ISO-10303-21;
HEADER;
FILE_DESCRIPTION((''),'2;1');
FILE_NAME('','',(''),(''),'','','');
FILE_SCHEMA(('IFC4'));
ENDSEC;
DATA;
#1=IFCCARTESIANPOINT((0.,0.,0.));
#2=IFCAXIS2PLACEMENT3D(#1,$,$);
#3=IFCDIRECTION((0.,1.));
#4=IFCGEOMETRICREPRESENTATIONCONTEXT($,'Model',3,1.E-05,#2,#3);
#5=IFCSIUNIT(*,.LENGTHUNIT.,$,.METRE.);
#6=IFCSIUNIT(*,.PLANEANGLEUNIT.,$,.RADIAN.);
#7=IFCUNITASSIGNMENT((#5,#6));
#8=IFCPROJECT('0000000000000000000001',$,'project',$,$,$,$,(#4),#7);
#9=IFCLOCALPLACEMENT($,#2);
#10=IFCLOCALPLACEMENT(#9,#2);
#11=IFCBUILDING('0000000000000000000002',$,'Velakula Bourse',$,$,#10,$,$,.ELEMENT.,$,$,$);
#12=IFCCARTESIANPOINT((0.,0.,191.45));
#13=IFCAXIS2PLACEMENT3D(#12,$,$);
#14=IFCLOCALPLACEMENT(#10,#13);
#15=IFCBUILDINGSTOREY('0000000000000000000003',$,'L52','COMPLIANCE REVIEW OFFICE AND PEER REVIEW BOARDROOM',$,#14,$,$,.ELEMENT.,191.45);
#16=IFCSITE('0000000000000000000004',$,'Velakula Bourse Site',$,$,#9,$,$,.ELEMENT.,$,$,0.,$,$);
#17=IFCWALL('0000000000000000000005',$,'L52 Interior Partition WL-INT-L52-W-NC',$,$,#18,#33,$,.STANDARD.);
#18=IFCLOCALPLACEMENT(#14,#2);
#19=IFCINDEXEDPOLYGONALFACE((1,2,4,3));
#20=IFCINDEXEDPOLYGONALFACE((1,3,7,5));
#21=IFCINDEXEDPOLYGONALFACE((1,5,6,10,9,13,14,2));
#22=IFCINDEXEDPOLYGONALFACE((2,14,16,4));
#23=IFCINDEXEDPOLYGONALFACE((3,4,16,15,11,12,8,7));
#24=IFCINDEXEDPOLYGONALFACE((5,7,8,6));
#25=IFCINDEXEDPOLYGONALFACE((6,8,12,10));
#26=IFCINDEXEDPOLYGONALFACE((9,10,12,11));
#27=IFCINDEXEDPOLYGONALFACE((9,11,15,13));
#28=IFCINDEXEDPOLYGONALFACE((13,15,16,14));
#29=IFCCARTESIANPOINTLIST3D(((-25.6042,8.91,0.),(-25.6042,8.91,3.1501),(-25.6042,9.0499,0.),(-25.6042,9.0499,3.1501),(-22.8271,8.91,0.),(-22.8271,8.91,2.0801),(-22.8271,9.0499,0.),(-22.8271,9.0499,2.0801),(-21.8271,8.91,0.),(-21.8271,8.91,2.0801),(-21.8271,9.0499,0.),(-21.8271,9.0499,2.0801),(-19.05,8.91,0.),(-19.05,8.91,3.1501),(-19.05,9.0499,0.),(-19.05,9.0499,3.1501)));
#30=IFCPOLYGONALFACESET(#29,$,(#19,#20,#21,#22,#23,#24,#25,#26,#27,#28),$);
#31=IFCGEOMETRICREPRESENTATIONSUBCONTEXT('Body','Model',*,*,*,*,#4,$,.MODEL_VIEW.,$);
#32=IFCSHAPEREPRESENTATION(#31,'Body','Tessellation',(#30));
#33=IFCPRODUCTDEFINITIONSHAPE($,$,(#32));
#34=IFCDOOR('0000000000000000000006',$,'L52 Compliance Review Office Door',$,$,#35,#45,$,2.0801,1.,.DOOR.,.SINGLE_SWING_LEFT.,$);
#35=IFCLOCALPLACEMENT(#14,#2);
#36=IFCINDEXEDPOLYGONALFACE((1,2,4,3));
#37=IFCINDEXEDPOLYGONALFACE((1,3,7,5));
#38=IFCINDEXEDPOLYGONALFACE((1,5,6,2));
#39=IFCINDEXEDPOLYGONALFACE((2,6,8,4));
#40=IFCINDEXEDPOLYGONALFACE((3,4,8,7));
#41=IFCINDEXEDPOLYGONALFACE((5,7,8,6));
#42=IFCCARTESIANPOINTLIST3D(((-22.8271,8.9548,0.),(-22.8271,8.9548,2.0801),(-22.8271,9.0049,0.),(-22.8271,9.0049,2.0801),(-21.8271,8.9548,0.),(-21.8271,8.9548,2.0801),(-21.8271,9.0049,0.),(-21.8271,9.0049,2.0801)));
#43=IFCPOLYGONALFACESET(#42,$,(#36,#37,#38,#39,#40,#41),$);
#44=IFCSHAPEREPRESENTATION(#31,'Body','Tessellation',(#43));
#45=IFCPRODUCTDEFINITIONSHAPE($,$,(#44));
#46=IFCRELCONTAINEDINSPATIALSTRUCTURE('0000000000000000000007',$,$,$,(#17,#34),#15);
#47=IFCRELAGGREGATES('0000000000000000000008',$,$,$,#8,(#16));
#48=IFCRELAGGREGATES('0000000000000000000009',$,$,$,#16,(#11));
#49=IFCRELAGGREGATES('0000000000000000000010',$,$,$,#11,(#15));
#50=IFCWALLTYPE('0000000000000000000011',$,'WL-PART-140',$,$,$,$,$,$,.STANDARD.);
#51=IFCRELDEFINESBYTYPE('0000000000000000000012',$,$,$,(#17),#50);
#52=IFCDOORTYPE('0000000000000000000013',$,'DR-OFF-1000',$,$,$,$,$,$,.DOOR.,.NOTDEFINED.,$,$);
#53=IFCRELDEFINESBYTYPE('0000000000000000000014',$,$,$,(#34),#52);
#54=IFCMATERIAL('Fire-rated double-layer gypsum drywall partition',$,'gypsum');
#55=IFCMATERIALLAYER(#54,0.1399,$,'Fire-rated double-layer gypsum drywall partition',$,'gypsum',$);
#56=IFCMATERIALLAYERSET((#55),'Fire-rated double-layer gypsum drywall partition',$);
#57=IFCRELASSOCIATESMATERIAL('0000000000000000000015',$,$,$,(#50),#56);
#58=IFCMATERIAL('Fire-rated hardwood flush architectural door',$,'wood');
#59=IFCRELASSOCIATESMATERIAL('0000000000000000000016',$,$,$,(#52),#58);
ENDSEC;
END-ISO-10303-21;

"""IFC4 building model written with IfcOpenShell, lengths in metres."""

from ifc_helpers import new_model, si_unit, direction, frame, frame_2d, origin, place, context, subcontext, project, spatial, rectangle, extrude, material, layer, layer_set, type_object, element, fill, save


model = new_model("IFC4")

# Units and contexts
model_context = context("Model", 3, precision=1e-05, world=origin(), true_north=direction((0.0, 1.0)))
body_context = subcontext(model_context, "Body", "Model", "MODEL_VIEW")
ifc_project = project(units=[si_unit("LENGTHUNIT", "METRE"), si_unit("PLANEANGLEUNIT", "RADIAN")], contexts=[model_context])

# Site, building, storey
site_placement = place(None, origin())
site = spatial("IfcSite", under=ifc_project, at=site_placement, Name="Velakula Bourse Site", CompositionType="ELEMENT", RefElevation=0.0)
building_placement = place(site_placement, origin())
building = spatial("IfcBuilding", under=site, at=building_placement, Name="Velakula Bourse", CompositionType="ELEMENT")
storey_placement = place(building_placement, frame((0.0, 0.0, 191.45)))
storey = spatial("IfcBuildingStorey", under=building, at=storey_placement, Name="L52", Description="COMPLIANCE REVIEW OFFICE AND PEER REVIEW BOARDROOM", CompositionType="ELEMENT", Elevation=191.45)

# Shared definitions
ifc_material_1 = material(Name="Fire-rated hardwood flush architectural door", Category="wood")

# Shared definitions
ifc_material_2 = material(Name="Fire-rated double-layer gypsum drywall partition", Category="gypsum")
ifc_layer_1 = layer(ifc_material_2, 0.1399, Name="Fire-rated double-layer gypsum drywall partition", Category="gypsum")
ifc_layer_set_1 = layer_set([ifc_layer_1], Name="Fire-rated double-layer gypsum drywall partition")
wall_type_1 = type_object("IfcWallType", Name="WL-PART-140", PredefinedType="STANDARD", material=ifc_layer_set_1)
door_type_1 = type_object("IfcDoorType", Name="DR-OFF-1000", OperationType="NOTDEFINED", PredefinedType="DOOR", material=ifc_material_1)

# Wall, opening, door
wall_1_placement = place(storey_placement, frame((-25.6042, 8.98, 0.0), z_axis=(0.0, 0.0, 1.0), x_axis=(1.0, 0.0, 0.0)))
wall_1 = element("IfcWall", 1, at=wall_1_placement, inside=storey, type_object=wall_type_1, Name="L52 Interior Partition WL-INT-L52-W-NC", PredefinedType="STANDARD", context=body_context, shape_type="SweptSolid", body=[
    extrude(rectangle(XDim=6.5542, YDim=0.1399, at=frame_2d((3.2771, 0.0))), origin(), (0.0, 0.0, 1.0), 3.1501),
])
opening_1_placement = place(wall_1_placement, frame((2.7771, 0.0, 0.0)))
opening_1 = element("IfcOpeningElement", 2, at=opening_1_placement, cuts=wall_1, PredefinedType="OPENING", context=body_context, shape_type="SweptSolid", body=[
    extrude(rectangle(XDim=1.0, YDim=2.0801, at=frame_2d((0.5, 1.04))), frame((0.0, 0.0798, 0.0), z_axis=(0.0, -1.0, 0.0), x_axis=(1.0, 0.0, 0.0)), (0.0, 0.0, 1.0), 0.1599),
])
door_1_placement = place(opening_1_placement, origin())
door_1 = element("IfcDoor", 3, at=door_1_placement, inside=storey, type_object=door_type_1, Name="L52 Compliance Review Office Door", OperationType="SINGLE_SWING_LEFT", OverallHeight=2.0801, OverallWidth=1.0, PredefinedType="DOOR", context=body_context, shape_type="SweptSolid", body=[
    extrude(rectangle(XDim=1.0, YDim=2.0801, at=frame_2d((0.5, 1.04))), frame((0.0, 0.0249, 0.0), z_axis=(0.0, -1.0, 0.0), x_axis=(1.0, 0.0, 0.0)), (0.0, 0.0, 1.0), 0.05),
])
fill(opening_1, door_1)

save(model, "model.ifc")
